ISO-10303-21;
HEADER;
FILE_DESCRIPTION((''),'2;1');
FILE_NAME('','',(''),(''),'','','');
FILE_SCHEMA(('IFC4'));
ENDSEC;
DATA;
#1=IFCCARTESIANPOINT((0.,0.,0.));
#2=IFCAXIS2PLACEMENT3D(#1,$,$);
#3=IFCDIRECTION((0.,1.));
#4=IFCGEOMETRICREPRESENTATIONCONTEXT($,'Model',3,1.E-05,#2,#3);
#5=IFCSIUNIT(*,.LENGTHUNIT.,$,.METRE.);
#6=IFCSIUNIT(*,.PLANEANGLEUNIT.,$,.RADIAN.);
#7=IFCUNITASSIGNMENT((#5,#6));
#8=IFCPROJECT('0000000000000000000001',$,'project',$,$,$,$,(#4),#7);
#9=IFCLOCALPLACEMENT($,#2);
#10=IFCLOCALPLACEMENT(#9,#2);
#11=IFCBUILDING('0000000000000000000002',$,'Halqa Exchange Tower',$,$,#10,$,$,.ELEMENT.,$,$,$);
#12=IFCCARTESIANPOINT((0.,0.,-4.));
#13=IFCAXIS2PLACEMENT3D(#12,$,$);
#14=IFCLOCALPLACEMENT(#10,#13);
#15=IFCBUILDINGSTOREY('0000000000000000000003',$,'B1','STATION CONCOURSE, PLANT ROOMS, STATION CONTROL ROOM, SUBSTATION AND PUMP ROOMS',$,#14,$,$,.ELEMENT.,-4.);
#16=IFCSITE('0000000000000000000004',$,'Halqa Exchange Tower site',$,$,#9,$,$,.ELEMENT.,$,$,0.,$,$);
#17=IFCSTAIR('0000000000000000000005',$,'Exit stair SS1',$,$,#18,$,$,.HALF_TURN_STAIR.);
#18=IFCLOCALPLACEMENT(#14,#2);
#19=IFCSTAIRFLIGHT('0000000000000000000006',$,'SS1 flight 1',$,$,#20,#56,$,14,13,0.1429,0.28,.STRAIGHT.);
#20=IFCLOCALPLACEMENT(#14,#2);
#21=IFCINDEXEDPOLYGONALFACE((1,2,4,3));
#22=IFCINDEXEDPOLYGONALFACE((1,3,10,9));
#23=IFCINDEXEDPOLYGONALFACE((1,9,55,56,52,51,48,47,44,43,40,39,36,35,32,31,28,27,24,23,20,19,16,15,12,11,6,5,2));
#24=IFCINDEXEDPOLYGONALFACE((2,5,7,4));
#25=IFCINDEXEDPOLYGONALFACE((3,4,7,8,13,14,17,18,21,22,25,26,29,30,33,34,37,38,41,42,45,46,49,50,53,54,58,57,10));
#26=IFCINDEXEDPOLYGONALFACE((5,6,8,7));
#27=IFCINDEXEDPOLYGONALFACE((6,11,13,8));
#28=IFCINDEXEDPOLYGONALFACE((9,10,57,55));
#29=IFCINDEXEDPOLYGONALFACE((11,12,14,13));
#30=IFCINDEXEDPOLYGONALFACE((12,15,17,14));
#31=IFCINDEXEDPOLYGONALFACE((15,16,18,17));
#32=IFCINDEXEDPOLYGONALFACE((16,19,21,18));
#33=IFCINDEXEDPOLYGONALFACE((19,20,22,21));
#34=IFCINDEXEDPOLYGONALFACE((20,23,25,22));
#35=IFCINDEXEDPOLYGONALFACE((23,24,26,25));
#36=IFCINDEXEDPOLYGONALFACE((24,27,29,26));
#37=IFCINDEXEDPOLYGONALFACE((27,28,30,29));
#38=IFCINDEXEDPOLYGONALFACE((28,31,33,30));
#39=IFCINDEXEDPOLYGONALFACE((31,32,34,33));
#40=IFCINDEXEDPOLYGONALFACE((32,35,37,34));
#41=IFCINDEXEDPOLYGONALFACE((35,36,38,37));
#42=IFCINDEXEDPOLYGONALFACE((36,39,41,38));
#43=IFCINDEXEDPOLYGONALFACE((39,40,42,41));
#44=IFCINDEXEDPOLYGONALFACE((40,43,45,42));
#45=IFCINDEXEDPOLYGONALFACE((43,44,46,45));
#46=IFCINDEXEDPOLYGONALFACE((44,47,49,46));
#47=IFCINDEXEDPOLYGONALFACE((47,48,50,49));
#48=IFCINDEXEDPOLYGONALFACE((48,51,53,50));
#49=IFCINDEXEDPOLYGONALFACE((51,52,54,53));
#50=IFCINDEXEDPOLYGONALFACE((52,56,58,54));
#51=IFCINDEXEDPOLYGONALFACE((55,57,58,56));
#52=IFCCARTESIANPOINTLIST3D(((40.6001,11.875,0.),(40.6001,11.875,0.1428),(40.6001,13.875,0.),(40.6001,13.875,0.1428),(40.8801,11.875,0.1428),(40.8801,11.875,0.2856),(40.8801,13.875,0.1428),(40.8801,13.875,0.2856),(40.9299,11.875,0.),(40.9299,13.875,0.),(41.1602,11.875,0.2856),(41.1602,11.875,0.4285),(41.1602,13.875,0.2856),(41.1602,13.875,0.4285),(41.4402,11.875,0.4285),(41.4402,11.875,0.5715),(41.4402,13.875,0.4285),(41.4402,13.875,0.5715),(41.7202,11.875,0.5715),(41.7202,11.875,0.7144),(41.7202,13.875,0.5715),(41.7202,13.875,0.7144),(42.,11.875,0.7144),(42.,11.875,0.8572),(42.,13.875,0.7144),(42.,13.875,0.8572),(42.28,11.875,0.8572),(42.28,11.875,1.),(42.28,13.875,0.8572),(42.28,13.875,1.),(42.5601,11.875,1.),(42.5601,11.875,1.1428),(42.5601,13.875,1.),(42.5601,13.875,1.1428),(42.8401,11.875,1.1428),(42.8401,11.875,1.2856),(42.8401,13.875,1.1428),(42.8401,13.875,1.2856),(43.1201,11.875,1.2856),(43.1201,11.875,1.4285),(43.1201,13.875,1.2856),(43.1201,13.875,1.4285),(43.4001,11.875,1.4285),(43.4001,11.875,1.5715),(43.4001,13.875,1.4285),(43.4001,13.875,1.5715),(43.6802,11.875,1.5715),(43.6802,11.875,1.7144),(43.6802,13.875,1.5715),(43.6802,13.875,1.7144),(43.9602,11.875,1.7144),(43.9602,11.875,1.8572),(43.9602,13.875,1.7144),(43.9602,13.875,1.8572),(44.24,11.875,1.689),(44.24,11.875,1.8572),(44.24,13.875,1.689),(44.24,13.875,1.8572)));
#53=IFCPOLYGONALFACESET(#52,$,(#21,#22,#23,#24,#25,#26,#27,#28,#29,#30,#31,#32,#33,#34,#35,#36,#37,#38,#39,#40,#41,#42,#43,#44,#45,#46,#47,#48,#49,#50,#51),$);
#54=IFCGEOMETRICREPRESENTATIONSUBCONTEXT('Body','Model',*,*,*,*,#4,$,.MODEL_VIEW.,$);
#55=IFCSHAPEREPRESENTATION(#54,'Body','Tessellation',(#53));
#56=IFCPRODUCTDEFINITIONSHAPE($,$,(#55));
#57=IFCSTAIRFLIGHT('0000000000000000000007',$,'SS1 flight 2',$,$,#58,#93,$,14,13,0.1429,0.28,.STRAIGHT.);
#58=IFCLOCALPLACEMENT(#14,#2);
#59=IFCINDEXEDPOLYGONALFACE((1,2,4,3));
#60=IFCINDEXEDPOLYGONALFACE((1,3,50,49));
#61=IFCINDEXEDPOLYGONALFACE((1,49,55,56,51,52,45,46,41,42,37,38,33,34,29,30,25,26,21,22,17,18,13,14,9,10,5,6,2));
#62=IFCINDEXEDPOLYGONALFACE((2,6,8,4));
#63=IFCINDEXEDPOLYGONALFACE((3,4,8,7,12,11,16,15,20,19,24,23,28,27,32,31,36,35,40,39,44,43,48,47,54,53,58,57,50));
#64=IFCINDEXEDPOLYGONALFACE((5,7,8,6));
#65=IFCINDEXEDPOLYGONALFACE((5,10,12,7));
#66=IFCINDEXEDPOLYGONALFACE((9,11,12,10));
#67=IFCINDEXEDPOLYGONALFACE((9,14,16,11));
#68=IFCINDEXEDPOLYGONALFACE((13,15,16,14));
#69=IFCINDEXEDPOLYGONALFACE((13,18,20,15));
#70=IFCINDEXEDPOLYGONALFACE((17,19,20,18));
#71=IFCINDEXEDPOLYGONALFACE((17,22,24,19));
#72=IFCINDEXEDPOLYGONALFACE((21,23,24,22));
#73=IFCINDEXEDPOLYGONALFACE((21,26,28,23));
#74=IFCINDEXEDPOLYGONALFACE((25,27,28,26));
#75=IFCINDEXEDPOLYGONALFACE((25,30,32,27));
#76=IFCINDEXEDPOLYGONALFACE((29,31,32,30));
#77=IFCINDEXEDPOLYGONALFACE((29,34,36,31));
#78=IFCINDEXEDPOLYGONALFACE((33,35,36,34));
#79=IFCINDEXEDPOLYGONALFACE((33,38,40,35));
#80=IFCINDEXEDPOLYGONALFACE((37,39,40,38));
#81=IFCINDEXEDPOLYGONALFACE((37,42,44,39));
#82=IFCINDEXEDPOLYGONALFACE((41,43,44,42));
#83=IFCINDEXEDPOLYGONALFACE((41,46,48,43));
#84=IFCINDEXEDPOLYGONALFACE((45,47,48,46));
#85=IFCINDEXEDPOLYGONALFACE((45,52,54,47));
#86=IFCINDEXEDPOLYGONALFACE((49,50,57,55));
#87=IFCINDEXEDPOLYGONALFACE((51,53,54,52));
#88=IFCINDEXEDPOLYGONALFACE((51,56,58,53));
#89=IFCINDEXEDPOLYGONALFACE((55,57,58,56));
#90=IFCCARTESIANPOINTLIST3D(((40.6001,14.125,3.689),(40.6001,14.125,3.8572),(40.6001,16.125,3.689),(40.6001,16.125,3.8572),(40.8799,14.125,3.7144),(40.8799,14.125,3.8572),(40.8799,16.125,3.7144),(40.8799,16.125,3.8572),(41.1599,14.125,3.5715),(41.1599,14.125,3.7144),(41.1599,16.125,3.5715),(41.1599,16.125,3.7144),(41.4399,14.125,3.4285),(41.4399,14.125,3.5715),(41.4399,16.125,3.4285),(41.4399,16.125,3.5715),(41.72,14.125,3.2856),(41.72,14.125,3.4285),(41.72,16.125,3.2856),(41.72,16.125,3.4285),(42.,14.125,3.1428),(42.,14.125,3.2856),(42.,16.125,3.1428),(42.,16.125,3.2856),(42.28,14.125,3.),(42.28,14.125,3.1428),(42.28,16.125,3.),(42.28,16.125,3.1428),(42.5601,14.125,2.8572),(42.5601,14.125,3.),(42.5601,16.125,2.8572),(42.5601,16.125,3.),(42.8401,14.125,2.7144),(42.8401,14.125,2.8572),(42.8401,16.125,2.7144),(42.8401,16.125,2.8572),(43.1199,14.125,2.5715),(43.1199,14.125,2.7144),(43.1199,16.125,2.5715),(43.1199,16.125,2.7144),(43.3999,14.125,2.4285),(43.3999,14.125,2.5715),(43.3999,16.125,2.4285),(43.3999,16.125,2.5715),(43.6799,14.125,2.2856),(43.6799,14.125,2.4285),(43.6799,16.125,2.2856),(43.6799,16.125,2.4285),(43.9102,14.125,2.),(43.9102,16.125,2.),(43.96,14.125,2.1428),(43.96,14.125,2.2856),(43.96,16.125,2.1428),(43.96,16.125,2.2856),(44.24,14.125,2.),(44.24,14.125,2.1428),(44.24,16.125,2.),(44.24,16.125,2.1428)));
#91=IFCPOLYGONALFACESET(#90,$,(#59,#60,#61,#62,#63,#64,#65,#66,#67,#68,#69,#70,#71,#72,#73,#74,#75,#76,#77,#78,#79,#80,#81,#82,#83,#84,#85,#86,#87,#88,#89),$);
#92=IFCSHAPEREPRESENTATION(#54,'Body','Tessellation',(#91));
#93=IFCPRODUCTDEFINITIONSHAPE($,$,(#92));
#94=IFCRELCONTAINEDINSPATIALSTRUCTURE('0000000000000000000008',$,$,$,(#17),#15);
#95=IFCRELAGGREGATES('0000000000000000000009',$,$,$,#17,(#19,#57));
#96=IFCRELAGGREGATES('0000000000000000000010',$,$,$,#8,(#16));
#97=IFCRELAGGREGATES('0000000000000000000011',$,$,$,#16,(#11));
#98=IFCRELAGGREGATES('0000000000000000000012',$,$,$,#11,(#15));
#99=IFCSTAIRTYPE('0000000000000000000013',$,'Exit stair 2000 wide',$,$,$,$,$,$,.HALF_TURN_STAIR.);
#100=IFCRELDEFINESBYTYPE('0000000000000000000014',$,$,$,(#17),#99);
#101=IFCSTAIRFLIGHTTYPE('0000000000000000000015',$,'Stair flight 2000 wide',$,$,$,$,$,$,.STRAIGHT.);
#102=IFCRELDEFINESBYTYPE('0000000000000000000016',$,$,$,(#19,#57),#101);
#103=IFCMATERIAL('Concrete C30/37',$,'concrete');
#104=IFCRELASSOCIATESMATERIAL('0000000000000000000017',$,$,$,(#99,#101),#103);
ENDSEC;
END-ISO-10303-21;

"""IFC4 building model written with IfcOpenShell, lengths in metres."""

from ifc_helpers import new_model, si_unit, direction, frame, origin, place, context, subcontext, project, spatial, polyline, outline, extrude, material, type_object, element, aggregate, save


model = new_model("IFC4")

# Units and contexts
model_context = context("Model", 3, precision=1e-05, world=origin(), true_north=direction((0.0, 1.0)))
body_context = subcontext(model_context, "Body", "Model", "MODEL_VIEW")
ifc_project = project(units=[si_unit("LENGTHUNIT", "METRE"), si_unit("PLANEANGLEUNIT", "RADIAN")], contexts=[model_context])

# Site, building, storey
site_placement = place(None, origin())
site = spatial("IfcSite", under=ifc_project, at=site_placement, Name="Halqa Exchange Tower site", CompositionType="ELEMENT", RefElevation=0.0)
building_placement = place(site_placement, origin())
building = spatial("IfcBuilding", under=site, at=building_placement, Name="Halqa Exchange Tower", CompositionType="ELEMENT")
storey_placement = place(building_placement, frame((0.0, 0.0, -4.0)))
storey = spatial("IfcBuildingStorey", under=building, at=storey_placement, Name="B1", Description="STATION CONCOURSE, PLANT ROOMS, STATION CONTROL ROOM, SUBSTATION AND PUMP ROOMS", CompositionType="ELEMENT", Elevation=-4.0)

# Shared definitions
ifc_material_1 = material(Name="Concrete C30/37", Category="concrete")

# Stair, stair flights
stair_type = type_object("IfcStairType", Name="Exit stair 2000 wide", PredefinedType="HALF_TURN_STAIR", material=ifc_material_1)
stair_placement = place(storey_placement, origin())
stair = element("IfcStair", 1, at=stair_placement, inside=storey, type_object=stair_type, Name="Exit stair SS1", PredefinedType="HALF_TURN_STAIR")
stair_flight_type = type_object("IfcStairFlightType", Name="Stair flight 2000 wide", PredefinedType="STRAIGHT", material=ifc_material_1)
stair_flight_1_placement = place(storey_placement, frame((40.6001, 12.875, 0.0), z_axis=(0.0, 0.0, 1.0), x_axis=(1.0, 0.0, 0.0)))
stair_flight_1 = element("IfcStairFlight", 2, at=stair_flight_1_placement, type_object=stair_flight_type, Name="SS1 flight 1", NumberOfRisers=14, NumberOfTreads=13, PredefinedType="STRAIGHT", RiserHeight=0.1429, TreadLength=0.28, context=body_context, shape_type="SweptSolid", body=[
    extrude(outline(polyline([(0.0, 0.0), (0.0, 0.1428), (0.28, 0.1428), (0.28, 0.2856), (0.5601, 0.2856), (0.5601, 0.4285), (0.8401, 0.4285), (0.8401, 0.5715), (1.1201, 0.5715), (1.1201, 0.7144), (1.3999, 0.7144), (1.3999, 0.8572), (1.6799, 0.8572), (1.6799, 1.0), (1.96, 1.0), (1.96, 1.1428), (2.24, 1.1428), (2.24, 1.2856), (2.52, 1.2856), (2.52, 1.4285), (2.8, 1.4285), (2.8, 1.5715), (3.0801, 1.5715), (3.0801, 1.7144), (3.3601, 1.7144), (3.3601, 1.8572), (3.6399, 1.8572), (3.6399, 2.0), (3.6399, 1.689), (0.3298, 0.0), (0.0, 0.0)])), frame((0.0, 1.0, 0.0), z_axis=(0.0, -1.0, 0.0), x_axis=(1.0, 0.0, 0.0)), (0.0, 0.0, 1.0), 2.0),
])
stair_flight_2_placement = place(storey_placement, frame((44.24, 15.125, 2.0), z_axis=(0.0, 0.0, 1.0), x_axis=(-1.0, 0.0, 0.0)))
stair_flight_2 = element("IfcStairFlight", 3, at=stair_flight_2_placement, type_object=stair_flight_type, Name="SS1 flight 2", NumberOfRisers=14, NumberOfTreads=13, PredefinedType="STRAIGHT", RiserHeight=0.1429, TreadLength=0.28, context=body_context, shape_type="SweptSolid", body=[
    extrude(outline(polyline([(0.0, 0.0), (0.0, 0.1428), (0.28, 0.1428), (0.28, 0.2856), (0.5601, 0.2856), (0.5601, 0.4285), (0.8401, 0.4285), (0.8401, 0.5715), (1.1201, 0.5715), (1.1201, 0.7144), (1.3999, 0.7144), (1.3999, 0.8572), (1.6799, 0.8572), (1.6799, 1.0), (1.96, 1.0), (1.96, 1.1428), (2.24, 1.1428), (2.24, 1.2856), (2.52, 1.2856), (2.52, 1.4285), (2.8, 1.4285), (2.8, 1.5715), (3.0801, 1.5715), (3.0801, 1.7144), (3.3601, 1.7144), (3.3601, 1.8572), (3.6399, 1.8572), (3.6399, 2.0), (3.6399, 1.689), (0.3298, 0.0), (0.0, 0.0)])), frame((0.0, 1.0, 0.0), z_axis=(0.0, -1.0, 0.0), x_axis=(1.0, 0.0, 0.0)), (0.0, 0.0, 1.0), 2.0),
])
aggregate(stair, [stair_flight_1, stair_flight_2])

save(model, "model.ifc")
